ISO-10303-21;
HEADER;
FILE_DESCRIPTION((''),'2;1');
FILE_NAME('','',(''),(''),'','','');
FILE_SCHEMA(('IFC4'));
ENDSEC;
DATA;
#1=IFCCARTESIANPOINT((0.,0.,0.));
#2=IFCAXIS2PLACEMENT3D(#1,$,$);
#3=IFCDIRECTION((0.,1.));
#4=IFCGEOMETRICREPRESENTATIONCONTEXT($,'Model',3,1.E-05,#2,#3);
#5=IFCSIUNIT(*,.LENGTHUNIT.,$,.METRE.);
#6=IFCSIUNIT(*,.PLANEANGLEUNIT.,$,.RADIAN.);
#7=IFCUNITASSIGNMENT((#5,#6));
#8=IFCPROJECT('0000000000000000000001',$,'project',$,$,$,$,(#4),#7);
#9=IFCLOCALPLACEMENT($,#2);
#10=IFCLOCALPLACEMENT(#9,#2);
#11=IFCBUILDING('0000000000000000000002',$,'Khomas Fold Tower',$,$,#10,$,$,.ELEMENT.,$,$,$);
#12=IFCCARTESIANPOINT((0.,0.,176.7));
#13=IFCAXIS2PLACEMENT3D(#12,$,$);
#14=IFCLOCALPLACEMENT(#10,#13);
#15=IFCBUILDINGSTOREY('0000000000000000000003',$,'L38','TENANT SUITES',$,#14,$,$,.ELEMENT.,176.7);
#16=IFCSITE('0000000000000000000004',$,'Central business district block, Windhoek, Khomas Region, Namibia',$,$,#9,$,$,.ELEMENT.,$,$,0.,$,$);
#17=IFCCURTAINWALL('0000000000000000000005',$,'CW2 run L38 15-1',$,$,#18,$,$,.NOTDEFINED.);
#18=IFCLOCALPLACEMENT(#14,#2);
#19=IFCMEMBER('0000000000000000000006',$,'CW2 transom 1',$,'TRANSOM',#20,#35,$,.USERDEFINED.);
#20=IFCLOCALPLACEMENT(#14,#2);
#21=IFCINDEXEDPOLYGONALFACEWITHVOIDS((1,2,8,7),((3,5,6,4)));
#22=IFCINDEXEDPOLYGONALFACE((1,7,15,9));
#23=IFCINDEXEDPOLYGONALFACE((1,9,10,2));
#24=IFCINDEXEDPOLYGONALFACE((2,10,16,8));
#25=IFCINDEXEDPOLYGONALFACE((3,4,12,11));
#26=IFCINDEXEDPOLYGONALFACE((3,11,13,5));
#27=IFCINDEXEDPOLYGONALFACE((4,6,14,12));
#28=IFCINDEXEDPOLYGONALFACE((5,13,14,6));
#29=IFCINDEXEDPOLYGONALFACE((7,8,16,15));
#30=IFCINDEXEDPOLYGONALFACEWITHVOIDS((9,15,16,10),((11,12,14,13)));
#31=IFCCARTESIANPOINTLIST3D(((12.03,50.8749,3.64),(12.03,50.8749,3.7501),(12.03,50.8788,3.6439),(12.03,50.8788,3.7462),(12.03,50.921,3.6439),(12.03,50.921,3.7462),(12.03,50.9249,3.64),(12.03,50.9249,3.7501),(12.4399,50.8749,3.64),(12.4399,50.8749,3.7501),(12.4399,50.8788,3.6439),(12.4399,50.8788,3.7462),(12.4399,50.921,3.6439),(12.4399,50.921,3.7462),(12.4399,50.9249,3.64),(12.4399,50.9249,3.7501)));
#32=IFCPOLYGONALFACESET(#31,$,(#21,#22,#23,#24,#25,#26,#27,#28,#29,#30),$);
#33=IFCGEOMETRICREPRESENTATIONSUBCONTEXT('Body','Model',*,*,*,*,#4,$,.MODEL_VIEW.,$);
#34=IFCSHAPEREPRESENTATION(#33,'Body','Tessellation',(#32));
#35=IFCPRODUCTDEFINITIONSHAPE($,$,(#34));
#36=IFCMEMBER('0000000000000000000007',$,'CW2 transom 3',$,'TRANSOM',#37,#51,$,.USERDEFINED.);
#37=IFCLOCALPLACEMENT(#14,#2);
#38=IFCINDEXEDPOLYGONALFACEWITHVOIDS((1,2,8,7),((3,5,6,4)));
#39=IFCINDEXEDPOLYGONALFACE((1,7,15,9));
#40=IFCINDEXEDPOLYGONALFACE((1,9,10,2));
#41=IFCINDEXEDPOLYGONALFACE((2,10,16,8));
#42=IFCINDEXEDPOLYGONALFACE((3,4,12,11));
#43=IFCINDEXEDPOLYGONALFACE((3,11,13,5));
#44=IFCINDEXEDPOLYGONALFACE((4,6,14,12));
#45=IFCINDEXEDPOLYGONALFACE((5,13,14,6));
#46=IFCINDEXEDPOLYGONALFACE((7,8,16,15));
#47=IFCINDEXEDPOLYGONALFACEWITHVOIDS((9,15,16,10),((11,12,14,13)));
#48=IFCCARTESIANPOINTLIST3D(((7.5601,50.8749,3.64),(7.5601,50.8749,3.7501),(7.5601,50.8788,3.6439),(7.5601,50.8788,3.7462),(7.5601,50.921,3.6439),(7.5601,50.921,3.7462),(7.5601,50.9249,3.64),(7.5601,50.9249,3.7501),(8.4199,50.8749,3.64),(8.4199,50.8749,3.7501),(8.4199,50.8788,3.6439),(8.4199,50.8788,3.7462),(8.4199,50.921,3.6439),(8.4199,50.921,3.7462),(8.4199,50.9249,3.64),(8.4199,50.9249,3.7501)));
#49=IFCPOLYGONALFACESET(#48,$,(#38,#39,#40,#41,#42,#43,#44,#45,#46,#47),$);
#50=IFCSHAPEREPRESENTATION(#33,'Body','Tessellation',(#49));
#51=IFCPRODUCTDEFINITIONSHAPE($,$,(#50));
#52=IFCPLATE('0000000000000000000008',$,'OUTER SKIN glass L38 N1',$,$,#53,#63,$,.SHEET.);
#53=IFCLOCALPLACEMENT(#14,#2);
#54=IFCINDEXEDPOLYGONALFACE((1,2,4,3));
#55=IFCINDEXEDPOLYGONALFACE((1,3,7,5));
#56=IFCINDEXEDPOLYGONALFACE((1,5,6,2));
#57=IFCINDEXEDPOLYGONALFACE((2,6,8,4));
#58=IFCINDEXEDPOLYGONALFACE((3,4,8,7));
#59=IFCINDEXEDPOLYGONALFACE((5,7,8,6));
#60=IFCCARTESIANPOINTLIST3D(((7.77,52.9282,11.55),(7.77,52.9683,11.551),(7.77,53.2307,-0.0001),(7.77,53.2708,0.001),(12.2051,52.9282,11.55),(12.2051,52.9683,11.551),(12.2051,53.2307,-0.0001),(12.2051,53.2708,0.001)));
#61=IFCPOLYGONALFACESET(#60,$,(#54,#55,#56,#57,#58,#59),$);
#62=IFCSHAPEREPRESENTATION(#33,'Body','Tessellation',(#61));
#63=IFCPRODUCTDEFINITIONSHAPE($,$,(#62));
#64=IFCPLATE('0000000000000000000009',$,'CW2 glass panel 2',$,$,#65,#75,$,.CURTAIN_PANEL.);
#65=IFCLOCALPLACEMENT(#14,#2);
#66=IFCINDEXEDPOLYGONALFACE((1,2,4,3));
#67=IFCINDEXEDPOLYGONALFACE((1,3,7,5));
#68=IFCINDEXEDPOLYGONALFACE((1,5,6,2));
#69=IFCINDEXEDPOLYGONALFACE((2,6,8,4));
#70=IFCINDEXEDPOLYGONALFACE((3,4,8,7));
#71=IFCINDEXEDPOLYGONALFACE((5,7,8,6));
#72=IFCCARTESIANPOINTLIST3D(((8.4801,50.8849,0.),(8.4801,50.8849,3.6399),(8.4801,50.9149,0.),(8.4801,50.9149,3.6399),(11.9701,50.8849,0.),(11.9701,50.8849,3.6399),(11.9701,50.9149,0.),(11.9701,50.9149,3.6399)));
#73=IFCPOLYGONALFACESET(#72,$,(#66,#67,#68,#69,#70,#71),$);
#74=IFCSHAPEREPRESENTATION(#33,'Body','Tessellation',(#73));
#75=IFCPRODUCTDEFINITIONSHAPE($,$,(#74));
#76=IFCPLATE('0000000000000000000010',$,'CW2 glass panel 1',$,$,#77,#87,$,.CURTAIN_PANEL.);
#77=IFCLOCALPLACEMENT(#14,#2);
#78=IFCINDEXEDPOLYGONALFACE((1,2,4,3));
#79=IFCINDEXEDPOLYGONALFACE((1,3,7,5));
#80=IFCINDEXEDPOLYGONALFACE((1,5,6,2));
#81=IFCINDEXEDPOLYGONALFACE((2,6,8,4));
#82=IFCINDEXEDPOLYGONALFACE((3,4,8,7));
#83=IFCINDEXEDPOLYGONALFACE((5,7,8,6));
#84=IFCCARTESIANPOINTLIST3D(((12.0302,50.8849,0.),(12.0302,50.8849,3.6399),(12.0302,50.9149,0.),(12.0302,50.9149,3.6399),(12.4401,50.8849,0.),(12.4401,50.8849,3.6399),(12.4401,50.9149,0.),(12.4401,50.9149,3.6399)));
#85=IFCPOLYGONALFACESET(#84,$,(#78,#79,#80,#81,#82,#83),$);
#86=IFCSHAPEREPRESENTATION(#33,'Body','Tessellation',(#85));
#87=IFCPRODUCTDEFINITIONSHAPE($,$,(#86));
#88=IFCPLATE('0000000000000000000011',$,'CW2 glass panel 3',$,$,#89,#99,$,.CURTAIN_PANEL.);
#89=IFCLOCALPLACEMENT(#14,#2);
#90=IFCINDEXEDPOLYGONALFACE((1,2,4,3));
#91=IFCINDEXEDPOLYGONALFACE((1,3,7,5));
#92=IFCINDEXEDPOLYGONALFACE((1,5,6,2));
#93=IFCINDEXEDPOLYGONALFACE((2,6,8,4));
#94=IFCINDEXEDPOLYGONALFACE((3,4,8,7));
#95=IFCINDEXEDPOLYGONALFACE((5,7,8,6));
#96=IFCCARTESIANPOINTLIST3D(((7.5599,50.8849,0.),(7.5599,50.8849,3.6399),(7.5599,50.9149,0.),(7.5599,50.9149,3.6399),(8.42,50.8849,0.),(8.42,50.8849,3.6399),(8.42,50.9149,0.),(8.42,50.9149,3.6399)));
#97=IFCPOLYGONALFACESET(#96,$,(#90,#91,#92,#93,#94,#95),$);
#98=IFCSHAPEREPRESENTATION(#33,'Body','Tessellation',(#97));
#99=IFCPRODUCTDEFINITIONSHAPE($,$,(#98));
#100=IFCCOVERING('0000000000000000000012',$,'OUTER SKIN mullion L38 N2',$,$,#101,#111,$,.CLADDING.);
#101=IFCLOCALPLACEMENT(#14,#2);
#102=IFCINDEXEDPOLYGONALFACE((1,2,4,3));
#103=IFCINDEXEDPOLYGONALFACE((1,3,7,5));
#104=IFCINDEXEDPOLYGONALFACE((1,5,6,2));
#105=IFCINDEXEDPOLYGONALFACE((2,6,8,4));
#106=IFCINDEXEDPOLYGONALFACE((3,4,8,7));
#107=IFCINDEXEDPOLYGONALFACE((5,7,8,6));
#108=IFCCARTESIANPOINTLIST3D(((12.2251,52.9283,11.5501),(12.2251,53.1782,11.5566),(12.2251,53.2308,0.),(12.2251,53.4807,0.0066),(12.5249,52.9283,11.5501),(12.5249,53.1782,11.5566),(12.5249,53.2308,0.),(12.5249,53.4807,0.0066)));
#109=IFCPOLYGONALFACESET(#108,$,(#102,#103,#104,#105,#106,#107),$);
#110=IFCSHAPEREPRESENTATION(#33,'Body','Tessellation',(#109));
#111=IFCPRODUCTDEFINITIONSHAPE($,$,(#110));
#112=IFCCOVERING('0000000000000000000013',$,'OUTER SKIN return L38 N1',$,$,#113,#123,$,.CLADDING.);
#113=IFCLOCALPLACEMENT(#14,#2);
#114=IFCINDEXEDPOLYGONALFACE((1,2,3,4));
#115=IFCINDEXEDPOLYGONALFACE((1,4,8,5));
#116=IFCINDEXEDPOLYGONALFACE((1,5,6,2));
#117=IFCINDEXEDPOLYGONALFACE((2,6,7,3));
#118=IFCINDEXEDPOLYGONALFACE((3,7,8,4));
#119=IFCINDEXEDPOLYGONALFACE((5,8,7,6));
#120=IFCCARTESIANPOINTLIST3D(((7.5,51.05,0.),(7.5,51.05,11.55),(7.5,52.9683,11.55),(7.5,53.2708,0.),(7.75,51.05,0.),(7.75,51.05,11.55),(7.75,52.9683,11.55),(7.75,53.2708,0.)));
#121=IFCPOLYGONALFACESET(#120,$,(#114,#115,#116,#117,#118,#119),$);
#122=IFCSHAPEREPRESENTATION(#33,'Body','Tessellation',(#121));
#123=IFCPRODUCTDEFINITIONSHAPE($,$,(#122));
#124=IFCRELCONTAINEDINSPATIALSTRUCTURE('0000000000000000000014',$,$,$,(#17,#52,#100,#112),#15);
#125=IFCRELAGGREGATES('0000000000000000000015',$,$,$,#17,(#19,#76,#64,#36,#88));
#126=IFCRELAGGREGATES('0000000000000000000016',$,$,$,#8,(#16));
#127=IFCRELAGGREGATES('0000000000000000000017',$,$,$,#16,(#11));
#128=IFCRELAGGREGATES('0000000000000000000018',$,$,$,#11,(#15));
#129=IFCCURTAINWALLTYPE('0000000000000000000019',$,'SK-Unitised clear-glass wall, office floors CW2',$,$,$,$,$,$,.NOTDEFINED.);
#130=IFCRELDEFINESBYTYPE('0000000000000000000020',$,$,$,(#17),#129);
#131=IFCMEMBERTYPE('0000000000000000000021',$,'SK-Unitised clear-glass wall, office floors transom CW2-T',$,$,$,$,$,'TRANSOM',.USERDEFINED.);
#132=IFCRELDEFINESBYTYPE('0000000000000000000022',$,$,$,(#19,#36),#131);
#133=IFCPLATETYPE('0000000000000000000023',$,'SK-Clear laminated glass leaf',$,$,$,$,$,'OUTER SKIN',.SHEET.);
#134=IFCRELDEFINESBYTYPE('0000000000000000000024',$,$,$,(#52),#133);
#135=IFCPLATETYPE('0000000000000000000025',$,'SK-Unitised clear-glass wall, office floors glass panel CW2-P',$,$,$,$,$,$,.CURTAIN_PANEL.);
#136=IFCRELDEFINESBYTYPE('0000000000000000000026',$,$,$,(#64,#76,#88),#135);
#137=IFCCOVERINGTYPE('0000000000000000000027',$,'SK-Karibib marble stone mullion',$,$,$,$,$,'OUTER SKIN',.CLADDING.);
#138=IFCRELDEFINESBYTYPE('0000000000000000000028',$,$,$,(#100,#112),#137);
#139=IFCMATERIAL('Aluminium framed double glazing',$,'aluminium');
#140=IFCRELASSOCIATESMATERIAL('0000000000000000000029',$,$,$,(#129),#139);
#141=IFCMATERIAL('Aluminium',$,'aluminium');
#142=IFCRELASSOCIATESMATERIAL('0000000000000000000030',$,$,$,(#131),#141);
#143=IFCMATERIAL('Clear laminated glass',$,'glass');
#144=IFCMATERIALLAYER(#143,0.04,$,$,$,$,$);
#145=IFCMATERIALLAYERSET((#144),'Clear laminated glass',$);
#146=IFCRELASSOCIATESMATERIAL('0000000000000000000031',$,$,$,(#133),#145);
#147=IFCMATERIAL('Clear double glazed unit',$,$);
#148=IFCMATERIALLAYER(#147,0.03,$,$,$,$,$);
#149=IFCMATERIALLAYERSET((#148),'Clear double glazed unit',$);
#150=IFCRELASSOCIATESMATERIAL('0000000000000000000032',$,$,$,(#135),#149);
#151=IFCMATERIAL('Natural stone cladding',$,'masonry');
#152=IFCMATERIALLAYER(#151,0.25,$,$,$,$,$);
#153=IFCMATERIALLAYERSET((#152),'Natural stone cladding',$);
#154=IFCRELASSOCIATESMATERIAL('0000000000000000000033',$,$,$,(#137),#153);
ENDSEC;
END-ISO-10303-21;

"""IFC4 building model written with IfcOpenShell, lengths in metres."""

from ifc_helpers import new_model, si_unit, direction, frame, origin, origin_2d, place, context, subcontext, project, spatial, polyline, rectangle, hollow_rectangle, outline, extrude, source, transform, mapped, material, layer, layer_set, material_profile, profile_set, type_object, element, aggregate, save


model = new_model("IFC4")

# Units and contexts
model_context = context("Model", 3, precision=1e-05, world=origin(), true_north=direction((0.0, 1.0)))
body_context = subcontext(model_context, "Body", "Model", "MODEL_VIEW")
ifc_project = project(units=[si_unit("LENGTHUNIT", "METRE"), si_unit("PLANEANGLEUNIT", "RADIAN")], contexts=[model_context])

# Site, building, storey
site_placement = place(None, origin())
site = spatial("IfcSite", under=ifc_project, at=site_placement, Name="Central business district block, Windhoek, Khomas Region, Namibia", CompositionType="ELEMENT", RefElevation=0.0)
building_placement = place(site_placement, origin())
building = spatial("IfcBuilding", under=site, at=building_placement, Name="Khomas Fold Tower", CompositionType="ELEMENT")
storey_placement = place(building_placement, frame((0.0, 0.0, 176.7)))
storey = spatial("IfcBuildingStorey", under=building, at=storey_placement, Name="L38", Description="TENANT SUITES", CompositionType="ELEMENT", Elevation=176.7)

# Curtain wall
ifc_material_1 = material(Name="Aluminium framed double glazing", Category="aluminium")
curtain_wall_type = type_object("IfcCurtainWallType", Name="SK-Unitised clear-glass wall, office floors CW2", PredefinedType="NOTDEFINED", material=ifc_material_1)
curtain_wall_1_placement = place(storey_placement, origin())
curtain_wall_1 = element("IfcCurtainWall", 1, at=curtain_wall_1_placement, inside=storey, type_object=curtain_wall_type, Name="CW2 run L38 15-1", PredefinedType="NOTDEFINED")

# Shared definitions
ifc_material_2 = material(Name="Aluminium", Category="aluminium")
ifc_material_profile_1 = material_profile(ifc_material_2, hollow_rectangle(XDim=0.05, YDim=0.1101, WallThickness=0.0039, at=origin_2d()), Name="SK-Unitised clear-glass wall, office floors transom CW2-T")
ifc_profile_set_1 = profile_set([ifc_material_profile_1], Name="Aluminium")
member_type_1 = type_object("IfcMemberType", Name="SK-Unitised clear-glass wall, office floors transom CW2-T", ElementType="TRANSOM", PredefinedType="USERDEFINED", material=ifc_profile_set_1)

# Members
shared_shape_1 = source(origin(), body_context, "Body", "SweptSolid", [
    extrude(hollow_rectangle(XDim=0.05, YDim=0.1101, WallThickness=0.0039, at=origin_2d()), origin(), (0.0, 0.0, 1.0), 0.4099),
])
member_1_placement = place(storey_placement, frame((12.4399, 50.8999, 3.6951), z_axis=(-1.0, 0.0, 0.0), x_axis=(0.0, -1.0, 0.0)))
member_1 = element("IfcMember", 2, at=member_1_placement, type_object=member_type_1, Name="CW2 transom 1", ObjectType="TRANSOM", PredefinedType="USERDEFINED", context=body_context, shape_type="MappedRepresentation", body=[
    mapped(shared_shape_1, transform((0.0, 0.0, 0.0))),
])
shared_shape_2 = source(origin(), body_context, "Body", "SweptSolid", [
    extrude(hollow_rectangle(XDim=0.05, YDim=0.1101, WallThickness=0.0039, at=origin_2d()), origin(), (0.0, 0.0, 1.0), 0.8599),
])
member_2_placement = place(storey_placement, frame((8.4199, 50.8999, 3.6951), z_axis=(-1.0, 0.0, 0.0), x_axis=(0.0, -1.0, 0.0)))
member_2 = element("IfcMember", 3, at=member_2_placement, type_object=member_type_1, Name="CW2 transom 3", ObjectType="TRANSOM", PredefinedType="USERDEFINED", context=body_context, shape_type="MappedRepresentation", body=[
    mapped(shared_shape_2, transform((0.0, 0.0, 0.0))),
])

# Plates
ifc_material_3 = material(Name="Clear laminated glass", Category="glass")
ifc_layer_1 = layer(ifc_material_3, 0.04)
ifc_layer_set_1 = layer_set([ifc_layer_1], Name="Clear laminated glass")
plate_type_1 = type_object("IfcPlateType", Name="SK-Clear laminated glass leaf", ElementType="OUTER SKIN", PredefinedType="SHEET", material=ifc_layer_set_1)
plate_1_placement = place(storey_placement, frame((7.77, 53.2708, 0.001), z_axis=(0.0, 0.999657, 0.026181), x_axis=(1.0, 0.0, 0.0)))
element("IfcPlate", 4, at=plate_1_placement, inside=storey, type_object=plate_type_1, Name="OUTER SKIN glass L38 N1", PredefinedType="SHEET", context=body_context, shape_type="SweptSolid", body=[
    extrude(outline(polyline([(0.0, 0.0), (4.4351, 0.0), (4.4351, -11.554), (0.0, -11.554), (0.0, 0.0)])), origin(), (0.0, 0.0, -1.0), 0.04),
])
ifc_material_4 = material(Name="Clear double glazed unit")
ifc_layer_2 = layer(ifc_material_4, 0.03)
ifc_layer_set_2 = layer_set([ifc_layer_2], Name="Clear double glazed unit")
plate_type_2 = type_object("IfcPlateType", Name="SK-Unitised clear-glass wall, office floors glass panel CW2-P", PredefinedType="CURTAIN_PANEL", material=ifc_layer_set_2)
shared_shape_3 = source(origin(), body_context, "Body", "SweptSolid", [
    extrude(rectangle(XDim=3.49, YDim=0.03, at=origin_2d()), origin(), (0.0, 0.0, 1.0), 3.6399),
])
plate_2_placement = place(storey_placement, frame((10.2251, 50.8999, 0.0), z_axis=(0.0, 0.0, 1.0), x_axis=(-1.0, 0.0, 0.0)))
plate_2 = element("IfcPlate", 5, at=plate_2_placement, type_object=plate_type_2, Name="CW2 glass panel 2", PredefinedType="CURTAIN_PANEL", context=body_context, shape_type="MappedRepresentation", body=[
    mapped(shared_shape_3, transform((0.0, 0.0, 0.0))),
])
shared_shape_4 = source(origin(), body_context, "Body", "SweptSolid", [
    extrude(rectangle(XDim=0.4099, YDim=0.03, at=origin_2d()), origin(), (0.0, 0.0, 1.0), 3.6399),
])
plate_3_placement = place(storey_placement, frame((12.2351, 50.8999, 0.0), z_axis=(0.0, 0.0, 1.0), x_axis=(-1.0, 0.0, 0.0)))
plate_3 = element("IfcPlate", 6, at=plate_3_placement, type_object=plate_type_2, Name="CW2 glass panel 1", PredefinedType="CURTAIN_PANEL", context=body_context, shape_type="MappedRepresentation", body=[
    mapped(shared_shape_4, transform((0.0, 0.0, 0.0))),
])
shared_shape_5 = source(origin(), body_context, "Body", "SweptSolid", [
    extrude(rectangle(XDim=0.8601, YDim=0.03, at=origin_2d()), origin(), (0.0, 0.0, 1.0), 3.6399),
])
plate_4_placement = place(storey_placement, frame((7.99, 50.8999, 0.0), z_axis=(0.0, 0.0, 1.0), x_axis=(-1.0, 0.0, 0.0)))
plate_4 = element("IfcPlate", 7, at=plate_4_placement, type_object=plate_type_2, Name="CW2 glass panel 3", PredefinedType="CURTAIN_PANEL", context=body_context, shape_type="MappedRepresentation", body=[
    mapped(shared_shape_5, transform((0.0, 0.0, 0.0))),
])
aggregate(curtain_wall_1, [member_1, plate_3, plate_2, member_2, plate_4])

# Coverings
ifc_material_5 = material(Name="Natural stone cladding", Category="masonry")
ifc_layer_3 = layer(ifc_material_5, 0.25)
ifc_layer_set_3 = layer_set([ifc_layer_3], Name="Natural stone cladding")
covering_type = type_object("IfcCoveringType", Name="SK-Karibib marble stone mullion", ElementType="OUTER SKIN", PredefinedType="CLADDING", material=ifc_layer_set_3)
covering_1_placement = place(storey_placement, frame((12.2251, 53.4807, 0.0066), z_axis=(0.0, 0.999657, 0.026181), x_axis=(1.0, 0.0, 0.0)))
element("IfcCovering", 8, at=covering_1_placement, inside=storey, type_object=covering_type, Name="OUTER SKIN mullion L38 N2", PredefinedType="CLADDING", context=body_context, shape_type="SweptSolid", body=[
    extrude(outline(polyline([(0.0, 0.0), (0.2998, 0.0), (0.2998, -11.554), (0.0, -11.554), (0.0, 0.0)])), origin(), (0.0, 0.0, -1.0), 0.25),
])
covering_2_placement = place(storey_placement, frame((7.5, 51.05, 11.55), z_axis=(-1.0, 0.0, 0.0), x_axis=(0.0, 1.0, 0.0)))
element("IfcCovering", 9, at=covering_2_placement, inside=storey, type_object=covering_type, Name="OUTER SKIN return L38 N1", PredefinedType="CLADDING", context=body_context, shape_type="SweptSolid", body=[
    extrude(outline(polyline([(0.0, 0.0), (1.9182, 0.0), (2.2207, 11.55), (0.0, 11.55), (0.0, 0.0)])), origin(), (0.0, 0.0, -1.0), 0.25),
])

save(model, "model.ifc")
